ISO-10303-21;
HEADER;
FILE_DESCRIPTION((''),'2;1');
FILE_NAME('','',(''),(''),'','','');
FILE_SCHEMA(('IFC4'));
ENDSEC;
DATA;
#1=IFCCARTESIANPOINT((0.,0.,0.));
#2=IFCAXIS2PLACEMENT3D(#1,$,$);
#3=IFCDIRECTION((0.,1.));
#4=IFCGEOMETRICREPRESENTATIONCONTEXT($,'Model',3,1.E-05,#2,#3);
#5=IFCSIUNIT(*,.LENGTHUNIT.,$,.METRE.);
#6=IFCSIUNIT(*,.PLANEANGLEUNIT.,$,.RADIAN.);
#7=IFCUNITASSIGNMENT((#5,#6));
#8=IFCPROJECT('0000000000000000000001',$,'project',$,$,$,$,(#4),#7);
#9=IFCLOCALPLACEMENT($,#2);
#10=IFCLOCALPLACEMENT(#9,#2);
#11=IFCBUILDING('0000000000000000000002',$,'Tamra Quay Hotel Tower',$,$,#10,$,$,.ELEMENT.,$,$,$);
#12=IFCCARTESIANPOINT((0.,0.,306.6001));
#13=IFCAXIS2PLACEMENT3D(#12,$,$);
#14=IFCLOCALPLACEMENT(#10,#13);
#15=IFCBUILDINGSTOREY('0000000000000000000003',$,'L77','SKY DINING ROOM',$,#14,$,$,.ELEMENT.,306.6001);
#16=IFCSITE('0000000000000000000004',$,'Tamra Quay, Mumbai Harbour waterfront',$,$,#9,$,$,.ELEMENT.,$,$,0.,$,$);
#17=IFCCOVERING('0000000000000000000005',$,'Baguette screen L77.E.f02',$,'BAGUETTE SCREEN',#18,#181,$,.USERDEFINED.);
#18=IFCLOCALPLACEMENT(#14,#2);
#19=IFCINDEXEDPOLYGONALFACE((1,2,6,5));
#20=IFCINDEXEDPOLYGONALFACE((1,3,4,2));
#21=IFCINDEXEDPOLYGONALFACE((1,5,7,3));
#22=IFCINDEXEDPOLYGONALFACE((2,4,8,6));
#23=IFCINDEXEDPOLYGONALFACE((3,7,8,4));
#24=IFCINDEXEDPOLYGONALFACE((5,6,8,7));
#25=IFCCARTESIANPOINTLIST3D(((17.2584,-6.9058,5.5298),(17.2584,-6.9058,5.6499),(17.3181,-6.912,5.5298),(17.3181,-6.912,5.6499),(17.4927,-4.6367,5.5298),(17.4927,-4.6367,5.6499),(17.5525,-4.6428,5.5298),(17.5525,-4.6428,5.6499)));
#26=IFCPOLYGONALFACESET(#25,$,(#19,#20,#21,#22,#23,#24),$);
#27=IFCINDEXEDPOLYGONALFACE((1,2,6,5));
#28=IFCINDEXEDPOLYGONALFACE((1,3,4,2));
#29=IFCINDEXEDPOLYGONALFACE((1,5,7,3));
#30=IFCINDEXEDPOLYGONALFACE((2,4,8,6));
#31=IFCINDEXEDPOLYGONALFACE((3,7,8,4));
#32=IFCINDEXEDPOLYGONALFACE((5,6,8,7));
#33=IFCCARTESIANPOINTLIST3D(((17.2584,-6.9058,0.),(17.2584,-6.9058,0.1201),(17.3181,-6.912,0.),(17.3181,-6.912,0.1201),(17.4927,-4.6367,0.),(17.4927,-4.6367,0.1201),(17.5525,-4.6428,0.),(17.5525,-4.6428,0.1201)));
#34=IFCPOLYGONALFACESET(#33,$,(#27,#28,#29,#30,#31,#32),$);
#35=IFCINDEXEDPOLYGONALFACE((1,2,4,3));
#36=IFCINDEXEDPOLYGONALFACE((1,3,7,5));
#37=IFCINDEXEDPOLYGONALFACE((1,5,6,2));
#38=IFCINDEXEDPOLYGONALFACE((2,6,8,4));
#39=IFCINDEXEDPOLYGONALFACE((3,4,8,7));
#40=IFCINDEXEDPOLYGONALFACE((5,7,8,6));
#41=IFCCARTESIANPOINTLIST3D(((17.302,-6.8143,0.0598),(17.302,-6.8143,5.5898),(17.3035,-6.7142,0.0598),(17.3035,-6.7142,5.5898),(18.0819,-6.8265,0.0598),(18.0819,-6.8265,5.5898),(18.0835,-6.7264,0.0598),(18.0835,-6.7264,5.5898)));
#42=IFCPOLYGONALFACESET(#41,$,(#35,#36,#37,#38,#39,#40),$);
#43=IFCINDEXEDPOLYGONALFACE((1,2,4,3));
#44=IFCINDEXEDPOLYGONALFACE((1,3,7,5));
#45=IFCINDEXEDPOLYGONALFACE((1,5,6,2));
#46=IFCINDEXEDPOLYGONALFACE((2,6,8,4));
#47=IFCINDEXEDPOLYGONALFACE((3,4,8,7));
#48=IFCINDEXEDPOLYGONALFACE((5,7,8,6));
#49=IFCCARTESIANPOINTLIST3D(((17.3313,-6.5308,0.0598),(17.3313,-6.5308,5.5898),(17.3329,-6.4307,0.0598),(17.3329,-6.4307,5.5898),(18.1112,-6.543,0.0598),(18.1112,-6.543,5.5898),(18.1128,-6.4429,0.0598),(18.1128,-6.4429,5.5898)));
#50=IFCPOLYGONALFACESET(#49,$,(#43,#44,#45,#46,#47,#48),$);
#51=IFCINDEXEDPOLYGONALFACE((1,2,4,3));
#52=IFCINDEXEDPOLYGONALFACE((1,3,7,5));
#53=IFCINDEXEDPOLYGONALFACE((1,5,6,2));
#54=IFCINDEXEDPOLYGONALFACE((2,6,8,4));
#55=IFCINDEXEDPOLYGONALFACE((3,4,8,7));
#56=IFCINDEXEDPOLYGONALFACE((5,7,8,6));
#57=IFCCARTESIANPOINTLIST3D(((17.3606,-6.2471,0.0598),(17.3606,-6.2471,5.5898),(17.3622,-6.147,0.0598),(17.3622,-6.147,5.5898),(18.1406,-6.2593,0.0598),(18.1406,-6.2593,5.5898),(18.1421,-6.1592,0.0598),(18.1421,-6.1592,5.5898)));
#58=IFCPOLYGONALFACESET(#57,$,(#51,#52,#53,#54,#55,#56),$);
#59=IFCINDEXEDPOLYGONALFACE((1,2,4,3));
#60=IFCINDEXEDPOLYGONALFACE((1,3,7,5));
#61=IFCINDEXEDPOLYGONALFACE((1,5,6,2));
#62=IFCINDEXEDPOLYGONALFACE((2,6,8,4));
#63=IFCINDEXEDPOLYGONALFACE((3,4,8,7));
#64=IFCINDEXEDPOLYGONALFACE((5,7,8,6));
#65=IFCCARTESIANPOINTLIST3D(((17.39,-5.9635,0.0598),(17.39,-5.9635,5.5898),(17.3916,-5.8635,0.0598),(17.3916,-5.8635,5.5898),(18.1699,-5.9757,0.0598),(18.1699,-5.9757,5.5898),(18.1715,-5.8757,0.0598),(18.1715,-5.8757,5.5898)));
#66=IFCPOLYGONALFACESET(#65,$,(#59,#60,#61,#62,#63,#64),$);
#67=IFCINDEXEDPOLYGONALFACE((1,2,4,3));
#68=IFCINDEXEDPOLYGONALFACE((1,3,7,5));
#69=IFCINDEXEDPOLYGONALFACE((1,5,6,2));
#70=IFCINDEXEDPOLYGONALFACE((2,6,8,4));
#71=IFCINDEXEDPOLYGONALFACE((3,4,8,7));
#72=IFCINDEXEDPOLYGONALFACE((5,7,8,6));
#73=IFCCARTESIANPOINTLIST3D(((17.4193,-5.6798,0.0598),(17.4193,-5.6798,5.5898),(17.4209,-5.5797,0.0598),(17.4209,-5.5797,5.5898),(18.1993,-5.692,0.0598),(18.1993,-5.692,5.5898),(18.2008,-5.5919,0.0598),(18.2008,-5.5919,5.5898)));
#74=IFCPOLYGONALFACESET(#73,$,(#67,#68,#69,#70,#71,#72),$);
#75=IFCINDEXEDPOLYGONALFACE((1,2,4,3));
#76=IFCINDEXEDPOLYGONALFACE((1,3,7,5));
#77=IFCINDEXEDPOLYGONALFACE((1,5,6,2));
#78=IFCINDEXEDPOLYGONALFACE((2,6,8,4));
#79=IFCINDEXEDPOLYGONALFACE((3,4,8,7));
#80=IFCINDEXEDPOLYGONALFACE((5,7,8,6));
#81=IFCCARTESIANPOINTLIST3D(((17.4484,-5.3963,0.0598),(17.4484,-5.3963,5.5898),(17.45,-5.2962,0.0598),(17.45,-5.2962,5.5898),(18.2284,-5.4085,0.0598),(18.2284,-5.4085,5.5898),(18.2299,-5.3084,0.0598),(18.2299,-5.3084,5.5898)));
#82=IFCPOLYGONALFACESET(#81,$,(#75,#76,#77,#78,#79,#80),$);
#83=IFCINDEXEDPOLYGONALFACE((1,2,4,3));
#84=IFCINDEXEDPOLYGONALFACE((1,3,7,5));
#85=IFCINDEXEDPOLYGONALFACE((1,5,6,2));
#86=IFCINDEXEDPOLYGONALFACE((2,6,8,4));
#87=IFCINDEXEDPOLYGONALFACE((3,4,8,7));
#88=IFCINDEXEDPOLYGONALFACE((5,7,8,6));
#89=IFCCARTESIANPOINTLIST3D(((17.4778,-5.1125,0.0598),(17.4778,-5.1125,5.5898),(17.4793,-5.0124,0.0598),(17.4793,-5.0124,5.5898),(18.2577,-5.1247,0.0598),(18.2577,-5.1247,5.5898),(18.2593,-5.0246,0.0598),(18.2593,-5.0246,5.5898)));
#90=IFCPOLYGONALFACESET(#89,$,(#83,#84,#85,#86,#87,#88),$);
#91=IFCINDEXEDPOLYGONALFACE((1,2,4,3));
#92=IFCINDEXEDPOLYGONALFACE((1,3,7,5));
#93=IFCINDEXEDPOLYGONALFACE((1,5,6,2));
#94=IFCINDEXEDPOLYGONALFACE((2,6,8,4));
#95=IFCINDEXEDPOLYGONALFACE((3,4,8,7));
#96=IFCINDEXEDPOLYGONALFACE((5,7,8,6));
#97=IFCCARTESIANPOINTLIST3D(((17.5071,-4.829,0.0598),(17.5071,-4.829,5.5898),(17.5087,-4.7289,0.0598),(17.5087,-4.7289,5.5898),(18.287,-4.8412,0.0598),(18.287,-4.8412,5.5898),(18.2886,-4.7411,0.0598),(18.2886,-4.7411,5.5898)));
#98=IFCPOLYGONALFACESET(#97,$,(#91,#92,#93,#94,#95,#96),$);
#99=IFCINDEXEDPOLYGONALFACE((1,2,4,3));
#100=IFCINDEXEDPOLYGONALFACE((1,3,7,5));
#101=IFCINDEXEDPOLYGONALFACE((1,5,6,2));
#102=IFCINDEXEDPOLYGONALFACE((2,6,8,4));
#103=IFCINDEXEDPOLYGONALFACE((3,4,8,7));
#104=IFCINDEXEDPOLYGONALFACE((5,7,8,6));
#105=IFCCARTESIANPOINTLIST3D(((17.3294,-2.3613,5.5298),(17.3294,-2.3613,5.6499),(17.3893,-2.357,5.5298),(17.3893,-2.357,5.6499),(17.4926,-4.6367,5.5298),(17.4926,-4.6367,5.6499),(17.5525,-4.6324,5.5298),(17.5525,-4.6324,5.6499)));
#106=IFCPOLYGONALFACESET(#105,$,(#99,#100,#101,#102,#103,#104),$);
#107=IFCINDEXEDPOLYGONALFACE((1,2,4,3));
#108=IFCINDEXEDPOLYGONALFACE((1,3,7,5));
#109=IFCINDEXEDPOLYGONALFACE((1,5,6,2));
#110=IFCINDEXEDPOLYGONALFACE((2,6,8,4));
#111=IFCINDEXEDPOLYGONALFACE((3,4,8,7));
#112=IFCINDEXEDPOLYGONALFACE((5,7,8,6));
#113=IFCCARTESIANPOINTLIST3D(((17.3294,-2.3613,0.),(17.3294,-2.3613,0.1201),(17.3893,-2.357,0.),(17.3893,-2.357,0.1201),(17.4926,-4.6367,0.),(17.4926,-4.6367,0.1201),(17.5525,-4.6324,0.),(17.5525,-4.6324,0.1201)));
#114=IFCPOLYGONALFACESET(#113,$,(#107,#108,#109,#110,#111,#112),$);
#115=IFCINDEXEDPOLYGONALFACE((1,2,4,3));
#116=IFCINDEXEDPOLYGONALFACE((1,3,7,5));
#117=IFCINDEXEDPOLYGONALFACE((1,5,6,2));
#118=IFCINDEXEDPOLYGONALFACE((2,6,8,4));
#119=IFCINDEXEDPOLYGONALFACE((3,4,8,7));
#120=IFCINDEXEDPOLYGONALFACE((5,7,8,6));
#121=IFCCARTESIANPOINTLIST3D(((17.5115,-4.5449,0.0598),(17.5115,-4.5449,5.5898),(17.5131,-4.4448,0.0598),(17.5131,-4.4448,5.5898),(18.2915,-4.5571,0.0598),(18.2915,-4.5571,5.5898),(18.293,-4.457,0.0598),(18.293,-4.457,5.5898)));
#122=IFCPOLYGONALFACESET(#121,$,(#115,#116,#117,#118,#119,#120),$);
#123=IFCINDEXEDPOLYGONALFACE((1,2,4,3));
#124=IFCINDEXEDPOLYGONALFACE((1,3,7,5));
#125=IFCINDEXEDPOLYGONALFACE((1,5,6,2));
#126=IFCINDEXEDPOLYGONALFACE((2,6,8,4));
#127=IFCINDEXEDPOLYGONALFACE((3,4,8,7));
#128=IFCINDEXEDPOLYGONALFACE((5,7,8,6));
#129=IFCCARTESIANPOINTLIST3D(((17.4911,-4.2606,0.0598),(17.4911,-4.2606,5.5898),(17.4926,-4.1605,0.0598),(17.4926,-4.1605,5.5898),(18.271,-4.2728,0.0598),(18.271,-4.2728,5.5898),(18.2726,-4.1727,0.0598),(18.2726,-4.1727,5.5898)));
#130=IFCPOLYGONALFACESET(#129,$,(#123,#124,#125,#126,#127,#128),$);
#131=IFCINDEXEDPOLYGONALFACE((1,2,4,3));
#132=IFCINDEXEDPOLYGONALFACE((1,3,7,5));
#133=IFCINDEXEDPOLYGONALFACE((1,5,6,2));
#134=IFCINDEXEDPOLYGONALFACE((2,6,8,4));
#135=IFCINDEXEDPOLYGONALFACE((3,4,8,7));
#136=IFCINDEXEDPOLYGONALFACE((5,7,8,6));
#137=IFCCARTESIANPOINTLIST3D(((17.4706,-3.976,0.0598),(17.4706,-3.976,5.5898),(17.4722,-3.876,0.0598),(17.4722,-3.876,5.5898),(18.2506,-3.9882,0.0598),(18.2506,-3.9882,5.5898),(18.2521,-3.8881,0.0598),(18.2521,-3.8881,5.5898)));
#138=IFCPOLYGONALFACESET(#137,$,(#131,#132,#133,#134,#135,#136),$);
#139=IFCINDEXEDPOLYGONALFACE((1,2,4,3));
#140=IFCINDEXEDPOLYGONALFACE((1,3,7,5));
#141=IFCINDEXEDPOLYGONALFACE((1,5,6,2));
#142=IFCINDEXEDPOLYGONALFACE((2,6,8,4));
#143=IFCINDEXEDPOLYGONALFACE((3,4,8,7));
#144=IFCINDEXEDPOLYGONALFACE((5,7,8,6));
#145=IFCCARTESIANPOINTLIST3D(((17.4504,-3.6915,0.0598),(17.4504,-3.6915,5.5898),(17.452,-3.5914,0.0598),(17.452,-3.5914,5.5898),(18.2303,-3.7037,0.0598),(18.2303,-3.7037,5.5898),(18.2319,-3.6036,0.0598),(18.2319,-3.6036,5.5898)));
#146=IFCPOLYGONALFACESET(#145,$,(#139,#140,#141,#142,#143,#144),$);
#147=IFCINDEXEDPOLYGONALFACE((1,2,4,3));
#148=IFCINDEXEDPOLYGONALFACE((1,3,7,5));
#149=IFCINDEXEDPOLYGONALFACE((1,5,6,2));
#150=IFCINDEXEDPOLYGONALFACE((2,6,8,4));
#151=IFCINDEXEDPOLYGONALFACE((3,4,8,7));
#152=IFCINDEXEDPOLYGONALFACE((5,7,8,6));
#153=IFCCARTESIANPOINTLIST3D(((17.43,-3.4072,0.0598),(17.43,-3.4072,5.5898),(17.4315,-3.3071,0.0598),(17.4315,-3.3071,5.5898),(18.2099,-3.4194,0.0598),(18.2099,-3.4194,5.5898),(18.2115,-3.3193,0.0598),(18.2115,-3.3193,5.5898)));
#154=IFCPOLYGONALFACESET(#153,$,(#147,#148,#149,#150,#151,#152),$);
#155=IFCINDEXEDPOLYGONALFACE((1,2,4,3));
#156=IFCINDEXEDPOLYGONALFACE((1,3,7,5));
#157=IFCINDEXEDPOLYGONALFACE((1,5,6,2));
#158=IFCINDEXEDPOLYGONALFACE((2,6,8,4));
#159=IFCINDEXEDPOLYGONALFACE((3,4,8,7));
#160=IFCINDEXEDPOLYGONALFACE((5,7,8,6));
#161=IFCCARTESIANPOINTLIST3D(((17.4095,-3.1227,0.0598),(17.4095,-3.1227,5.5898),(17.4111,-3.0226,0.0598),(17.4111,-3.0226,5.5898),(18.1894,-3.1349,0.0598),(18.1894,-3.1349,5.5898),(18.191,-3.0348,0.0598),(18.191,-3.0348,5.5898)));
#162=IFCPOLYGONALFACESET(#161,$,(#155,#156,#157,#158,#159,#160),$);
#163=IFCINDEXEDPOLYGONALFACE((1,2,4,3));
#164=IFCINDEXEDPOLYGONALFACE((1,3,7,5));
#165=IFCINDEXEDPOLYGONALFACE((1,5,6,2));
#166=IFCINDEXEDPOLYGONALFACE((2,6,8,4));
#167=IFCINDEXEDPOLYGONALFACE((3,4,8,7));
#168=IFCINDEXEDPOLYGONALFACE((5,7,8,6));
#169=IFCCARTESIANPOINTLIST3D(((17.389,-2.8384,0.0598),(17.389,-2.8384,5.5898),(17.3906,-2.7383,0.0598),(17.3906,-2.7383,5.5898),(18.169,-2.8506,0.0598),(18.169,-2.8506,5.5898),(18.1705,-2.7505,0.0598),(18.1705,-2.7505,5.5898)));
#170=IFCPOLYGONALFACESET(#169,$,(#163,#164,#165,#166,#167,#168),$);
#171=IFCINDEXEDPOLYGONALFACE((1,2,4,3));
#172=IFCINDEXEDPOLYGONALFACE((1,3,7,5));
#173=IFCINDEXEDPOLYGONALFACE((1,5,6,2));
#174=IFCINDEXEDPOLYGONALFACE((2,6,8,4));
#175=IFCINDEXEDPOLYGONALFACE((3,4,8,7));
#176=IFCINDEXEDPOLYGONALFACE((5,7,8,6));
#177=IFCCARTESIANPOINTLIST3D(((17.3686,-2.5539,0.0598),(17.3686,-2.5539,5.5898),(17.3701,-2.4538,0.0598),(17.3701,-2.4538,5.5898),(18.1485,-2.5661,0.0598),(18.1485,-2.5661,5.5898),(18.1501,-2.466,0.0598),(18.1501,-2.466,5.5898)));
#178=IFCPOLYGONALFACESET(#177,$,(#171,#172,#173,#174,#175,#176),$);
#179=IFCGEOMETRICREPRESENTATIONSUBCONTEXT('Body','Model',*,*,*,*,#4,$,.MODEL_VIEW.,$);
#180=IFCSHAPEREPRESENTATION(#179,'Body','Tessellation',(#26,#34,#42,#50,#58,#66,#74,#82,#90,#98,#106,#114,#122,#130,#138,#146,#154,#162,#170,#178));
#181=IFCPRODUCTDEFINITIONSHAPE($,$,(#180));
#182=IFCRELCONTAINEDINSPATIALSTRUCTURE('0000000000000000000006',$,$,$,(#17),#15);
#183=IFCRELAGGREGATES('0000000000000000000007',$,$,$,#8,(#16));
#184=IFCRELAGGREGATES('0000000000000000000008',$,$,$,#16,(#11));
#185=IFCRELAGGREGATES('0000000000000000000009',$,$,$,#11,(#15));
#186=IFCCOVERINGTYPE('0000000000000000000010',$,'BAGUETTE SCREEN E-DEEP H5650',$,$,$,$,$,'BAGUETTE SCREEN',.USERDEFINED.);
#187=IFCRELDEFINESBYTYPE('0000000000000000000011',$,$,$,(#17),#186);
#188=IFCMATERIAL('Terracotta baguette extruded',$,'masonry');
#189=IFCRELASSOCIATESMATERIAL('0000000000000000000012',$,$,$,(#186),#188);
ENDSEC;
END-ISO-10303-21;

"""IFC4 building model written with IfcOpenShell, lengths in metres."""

from ifc_helpers import new_model, si_unit, direction, frame, frame_2d, origin, place, context, subcontext, project, spatial, rectangle, extrude, source, transform, mapped, material, type_object, element, save


model = new_model("IFC4")

# Units and contexts
model_context = context("Model", 3, precision=1e-05, world=origin(), true_north=direction((0.0, 1.0)))
body_context = subcontext(model_context, "Body", "Model", "MODEL_VIEW")
ifc_project = project(units=[si_unit("LENGTHUNIT", "METRE"), si_unit("PLANEANGLEUNIT", "RADIAN")], contexts=[model_context])

# Site, building, storey
site_placement = place(None, origin())
site = spatial("IfcSite", under=ifc_project, at=site_placement, Name="Tamra Quay, Mumbai Harbour waterfront", CompositionType="ELEMENT", RefElevation=0.0)
building_placement = place(site_placement, origin())
building = spatial("IfcBuilding", under=site, at=building_placement, Name="Tamra Quay Hotel Tower", CompositionType="ELEMENT")
storey_placement = place(building_placement, frame((0.0, 0.0, 306.6001)))
storey = spatial("IfcBuildingStorey", under=building, at=storey_placement, Name="L77", Description="SKY DINING ROOM", CompositionType="ELEMENT", Elevation=306.6001)

# Covering
ifc_material_1 = material(Name="Terracotta baguette extruded", Category="masonry")
covering_type = type_object("IfcCoveringType", Name="BAGUETTE SCREEN E-DEEP H5650", ElementType="BAGUETTE SCREEN", PredefinedType="USERDEFINED", material=ifc_material_1)
shared_shape = source(origin(), body_context, "Body", "SweptSolid", [
    extrude(rectangle(XDim=2.2812, YDim=0.0601, at=frame_2d((1.1406, 0.03))), frame((-2.2778, -0.0579, -0.1201), z_axis=(0.0, 0.0, 1.0), x_axis=(0.996195, -0.087156, 0.0)), (0.0, 0.0, 1.0), 0.1201),
    extrude(rectangle(XDim=2.2812, YDim=0.0601, at=frame_2d((1.1406, 0.03))), frame((-2.2778, -0.0579, -5.6499), z_axis=(0.0, 0.0, 1.0), x_axis=(0.996195, -0.087156, 0.0)), (0.0, 0.0, 1.0), 0.1201),
    extrude(rectangle(XDim=0.1001, YDim=0.78, at=frame_2d((0.05, 0.3901))), frame((-2.1804, -0.8203, -5.5901)), (0.0, 0.0, 1.0), 5.53),
    extrude(rectangle(XDim=0.1001, YDim=0.78, at=frame_2d((0.05, 0.3901))), frame((-1.8965, -0.8452, -5.5901)), (0.0, 0.0, 1.0), 5.53),
    extrude(rectangle(XDim=0.1001, YDim=0.78, at=frame_2d((0.05, 0.3901))), frame((-1.6123, -0.8701, -5.5901)), (0.0, 0.0, 1.0), 5.53),
    extrude(rectangle(XDim=0.1001, YDim=0.78, at=frame_2d((0.05, 0.3901))), frame((-1.3284, -0.895, -5.5901)), (0.0, 0.0, 1.0), 5.53),
    extrude(rectangle(XDim=0.1001, YDim=0.78, at=frame_2d((0.05, 0.3901))), frame((-1.0442, -0.9199, -5.5901)), (0.0, 0.0, 1.0), 5.53),
    extrude(rectangle(XDim=0.1001, YDim=0.78, at=frame_2d((0.05, 0.3901))), frame((-0.7603, -0.9446, -5.5901)), (0.0, 0.0, 1.0), 5.53),
    extrude(rectangle(XDim=0.1001, YDim=0.78, at=frame_2d((0.05, 0.3901))), frame((-0.4761, -0.9695, -5.5901)), (0.0, 0.0, 1.0), 5.53),
    extrude(rectangle(XDim=0.1001, YDim=0.78, at=frame_2d((0.05, 0.3901))), frame((-0.1921, -0.9944, -5.5901)), (0.0, 0.0, 1.0), 5.53),
    extrude(rectangle(XDim=2.2812, YDim=0.0601, at=frame_2d((1.1406, 0.03))), frame((0.0051, -0.2566, -0.1201), z_axis=(0.0, 0.0, 1.0), x_axis=(0.996195, 0.087156, 0.0)), (0.0, 0.0, 1.0), 0.1201),
    extrude(rectangle(XDim=2.2812, YDim=0.0601, at=frame_2d((1.1406, 0.03))), frame((0.0051, -0.2566, -5.6499), z_axis=(0.0, 0.0, 1.0), x_axis=(0.996195, 0.087156, 0.0)), (0.0, 0.0, 1.0), 0.1201),
    extrude(rectangle(XDim=0.1001, YDim=0.78, at=frame_2d((0.05, 0.3901))), frame((0.092, -0.9944, -5.5901)), (0.0, 0.0, 1.0), 5.53),
    extrude(rectangle(XDim=0.1001, YDim=0.78, at=frame_2d((0.05, 0.3901))), frame((0.376, -0.9695, -5.5901)), (0.0, 0.0, 1.0), 5.53),
    extrude(rectangle(XDim=0.1001, YDim=0.78, at=frame_2d((0.05, 0.3901))), frame((0.6602, -0.9446, -5.5901)), (0.0, 0.0, 1.0), 5.53),
    extrude(rectangle(XDim=0.1001, YDim=0.78, at=frame_2d((0.05, 0.3901))), frame((0.9443, -0.9199, -5.5901)), (0.0, 0.0, 1.0), 5.53),
    extrude(rectangle(XDim=0.1001, YDim=0.78, at=frame_2d((0.05, 0.3901))), frame((1.2283, -0.895, -5.5901)), (0.0, 0.0, 1.0), 5.53),
    extrude(rectangle(XDim=0.1001, YDim=0.78, at=frame_2d((0.05, 0.3901))), frame((1.5125, -0.8701, -5.5901)), (0.0, 0.0, 1.0), 5.53),
    extrude(rectangle(XDim=0.1001, YDim=0.78, at=frame_2d((0.05, 0.3901))), frame((1.7964, -0.8452, -5.5901)), (0.0, 0.0, 1.0), 5.53),
    extrude(rectangle(XDim=0.1001, YDim=0.78, at=frame_2d((0.05, 0.3901))), frame((2.0806, -0.8203, -5.5901)), (0.0, 0.0, 1.0), 5.53),
])
for number, where, z_axis, x_axis, name in (
    (1, (17.2959, -4.6335, 5.6499), (0.0, 0.0, 1.0), (0.015632, 0.999878, 0.0), "Baguette screen L77.E.f02"),
):
    element("IfcCovering", number, at=place(storey_placement, frame(where, z_axis=z_axis, x_axis=x_axis)), inside=storey, type_object=covering_type, Name=name, ObjectType="BAGUETTE SCREEN", PredefinedType="USERDEFINED", context=body_context, shape_type="MappedRepresentation", body=[
        mapped(shared_shape, transform((0.0, 0.0, 0.0), scale=1.0)),
    ])

save(model, "model.ifc")
